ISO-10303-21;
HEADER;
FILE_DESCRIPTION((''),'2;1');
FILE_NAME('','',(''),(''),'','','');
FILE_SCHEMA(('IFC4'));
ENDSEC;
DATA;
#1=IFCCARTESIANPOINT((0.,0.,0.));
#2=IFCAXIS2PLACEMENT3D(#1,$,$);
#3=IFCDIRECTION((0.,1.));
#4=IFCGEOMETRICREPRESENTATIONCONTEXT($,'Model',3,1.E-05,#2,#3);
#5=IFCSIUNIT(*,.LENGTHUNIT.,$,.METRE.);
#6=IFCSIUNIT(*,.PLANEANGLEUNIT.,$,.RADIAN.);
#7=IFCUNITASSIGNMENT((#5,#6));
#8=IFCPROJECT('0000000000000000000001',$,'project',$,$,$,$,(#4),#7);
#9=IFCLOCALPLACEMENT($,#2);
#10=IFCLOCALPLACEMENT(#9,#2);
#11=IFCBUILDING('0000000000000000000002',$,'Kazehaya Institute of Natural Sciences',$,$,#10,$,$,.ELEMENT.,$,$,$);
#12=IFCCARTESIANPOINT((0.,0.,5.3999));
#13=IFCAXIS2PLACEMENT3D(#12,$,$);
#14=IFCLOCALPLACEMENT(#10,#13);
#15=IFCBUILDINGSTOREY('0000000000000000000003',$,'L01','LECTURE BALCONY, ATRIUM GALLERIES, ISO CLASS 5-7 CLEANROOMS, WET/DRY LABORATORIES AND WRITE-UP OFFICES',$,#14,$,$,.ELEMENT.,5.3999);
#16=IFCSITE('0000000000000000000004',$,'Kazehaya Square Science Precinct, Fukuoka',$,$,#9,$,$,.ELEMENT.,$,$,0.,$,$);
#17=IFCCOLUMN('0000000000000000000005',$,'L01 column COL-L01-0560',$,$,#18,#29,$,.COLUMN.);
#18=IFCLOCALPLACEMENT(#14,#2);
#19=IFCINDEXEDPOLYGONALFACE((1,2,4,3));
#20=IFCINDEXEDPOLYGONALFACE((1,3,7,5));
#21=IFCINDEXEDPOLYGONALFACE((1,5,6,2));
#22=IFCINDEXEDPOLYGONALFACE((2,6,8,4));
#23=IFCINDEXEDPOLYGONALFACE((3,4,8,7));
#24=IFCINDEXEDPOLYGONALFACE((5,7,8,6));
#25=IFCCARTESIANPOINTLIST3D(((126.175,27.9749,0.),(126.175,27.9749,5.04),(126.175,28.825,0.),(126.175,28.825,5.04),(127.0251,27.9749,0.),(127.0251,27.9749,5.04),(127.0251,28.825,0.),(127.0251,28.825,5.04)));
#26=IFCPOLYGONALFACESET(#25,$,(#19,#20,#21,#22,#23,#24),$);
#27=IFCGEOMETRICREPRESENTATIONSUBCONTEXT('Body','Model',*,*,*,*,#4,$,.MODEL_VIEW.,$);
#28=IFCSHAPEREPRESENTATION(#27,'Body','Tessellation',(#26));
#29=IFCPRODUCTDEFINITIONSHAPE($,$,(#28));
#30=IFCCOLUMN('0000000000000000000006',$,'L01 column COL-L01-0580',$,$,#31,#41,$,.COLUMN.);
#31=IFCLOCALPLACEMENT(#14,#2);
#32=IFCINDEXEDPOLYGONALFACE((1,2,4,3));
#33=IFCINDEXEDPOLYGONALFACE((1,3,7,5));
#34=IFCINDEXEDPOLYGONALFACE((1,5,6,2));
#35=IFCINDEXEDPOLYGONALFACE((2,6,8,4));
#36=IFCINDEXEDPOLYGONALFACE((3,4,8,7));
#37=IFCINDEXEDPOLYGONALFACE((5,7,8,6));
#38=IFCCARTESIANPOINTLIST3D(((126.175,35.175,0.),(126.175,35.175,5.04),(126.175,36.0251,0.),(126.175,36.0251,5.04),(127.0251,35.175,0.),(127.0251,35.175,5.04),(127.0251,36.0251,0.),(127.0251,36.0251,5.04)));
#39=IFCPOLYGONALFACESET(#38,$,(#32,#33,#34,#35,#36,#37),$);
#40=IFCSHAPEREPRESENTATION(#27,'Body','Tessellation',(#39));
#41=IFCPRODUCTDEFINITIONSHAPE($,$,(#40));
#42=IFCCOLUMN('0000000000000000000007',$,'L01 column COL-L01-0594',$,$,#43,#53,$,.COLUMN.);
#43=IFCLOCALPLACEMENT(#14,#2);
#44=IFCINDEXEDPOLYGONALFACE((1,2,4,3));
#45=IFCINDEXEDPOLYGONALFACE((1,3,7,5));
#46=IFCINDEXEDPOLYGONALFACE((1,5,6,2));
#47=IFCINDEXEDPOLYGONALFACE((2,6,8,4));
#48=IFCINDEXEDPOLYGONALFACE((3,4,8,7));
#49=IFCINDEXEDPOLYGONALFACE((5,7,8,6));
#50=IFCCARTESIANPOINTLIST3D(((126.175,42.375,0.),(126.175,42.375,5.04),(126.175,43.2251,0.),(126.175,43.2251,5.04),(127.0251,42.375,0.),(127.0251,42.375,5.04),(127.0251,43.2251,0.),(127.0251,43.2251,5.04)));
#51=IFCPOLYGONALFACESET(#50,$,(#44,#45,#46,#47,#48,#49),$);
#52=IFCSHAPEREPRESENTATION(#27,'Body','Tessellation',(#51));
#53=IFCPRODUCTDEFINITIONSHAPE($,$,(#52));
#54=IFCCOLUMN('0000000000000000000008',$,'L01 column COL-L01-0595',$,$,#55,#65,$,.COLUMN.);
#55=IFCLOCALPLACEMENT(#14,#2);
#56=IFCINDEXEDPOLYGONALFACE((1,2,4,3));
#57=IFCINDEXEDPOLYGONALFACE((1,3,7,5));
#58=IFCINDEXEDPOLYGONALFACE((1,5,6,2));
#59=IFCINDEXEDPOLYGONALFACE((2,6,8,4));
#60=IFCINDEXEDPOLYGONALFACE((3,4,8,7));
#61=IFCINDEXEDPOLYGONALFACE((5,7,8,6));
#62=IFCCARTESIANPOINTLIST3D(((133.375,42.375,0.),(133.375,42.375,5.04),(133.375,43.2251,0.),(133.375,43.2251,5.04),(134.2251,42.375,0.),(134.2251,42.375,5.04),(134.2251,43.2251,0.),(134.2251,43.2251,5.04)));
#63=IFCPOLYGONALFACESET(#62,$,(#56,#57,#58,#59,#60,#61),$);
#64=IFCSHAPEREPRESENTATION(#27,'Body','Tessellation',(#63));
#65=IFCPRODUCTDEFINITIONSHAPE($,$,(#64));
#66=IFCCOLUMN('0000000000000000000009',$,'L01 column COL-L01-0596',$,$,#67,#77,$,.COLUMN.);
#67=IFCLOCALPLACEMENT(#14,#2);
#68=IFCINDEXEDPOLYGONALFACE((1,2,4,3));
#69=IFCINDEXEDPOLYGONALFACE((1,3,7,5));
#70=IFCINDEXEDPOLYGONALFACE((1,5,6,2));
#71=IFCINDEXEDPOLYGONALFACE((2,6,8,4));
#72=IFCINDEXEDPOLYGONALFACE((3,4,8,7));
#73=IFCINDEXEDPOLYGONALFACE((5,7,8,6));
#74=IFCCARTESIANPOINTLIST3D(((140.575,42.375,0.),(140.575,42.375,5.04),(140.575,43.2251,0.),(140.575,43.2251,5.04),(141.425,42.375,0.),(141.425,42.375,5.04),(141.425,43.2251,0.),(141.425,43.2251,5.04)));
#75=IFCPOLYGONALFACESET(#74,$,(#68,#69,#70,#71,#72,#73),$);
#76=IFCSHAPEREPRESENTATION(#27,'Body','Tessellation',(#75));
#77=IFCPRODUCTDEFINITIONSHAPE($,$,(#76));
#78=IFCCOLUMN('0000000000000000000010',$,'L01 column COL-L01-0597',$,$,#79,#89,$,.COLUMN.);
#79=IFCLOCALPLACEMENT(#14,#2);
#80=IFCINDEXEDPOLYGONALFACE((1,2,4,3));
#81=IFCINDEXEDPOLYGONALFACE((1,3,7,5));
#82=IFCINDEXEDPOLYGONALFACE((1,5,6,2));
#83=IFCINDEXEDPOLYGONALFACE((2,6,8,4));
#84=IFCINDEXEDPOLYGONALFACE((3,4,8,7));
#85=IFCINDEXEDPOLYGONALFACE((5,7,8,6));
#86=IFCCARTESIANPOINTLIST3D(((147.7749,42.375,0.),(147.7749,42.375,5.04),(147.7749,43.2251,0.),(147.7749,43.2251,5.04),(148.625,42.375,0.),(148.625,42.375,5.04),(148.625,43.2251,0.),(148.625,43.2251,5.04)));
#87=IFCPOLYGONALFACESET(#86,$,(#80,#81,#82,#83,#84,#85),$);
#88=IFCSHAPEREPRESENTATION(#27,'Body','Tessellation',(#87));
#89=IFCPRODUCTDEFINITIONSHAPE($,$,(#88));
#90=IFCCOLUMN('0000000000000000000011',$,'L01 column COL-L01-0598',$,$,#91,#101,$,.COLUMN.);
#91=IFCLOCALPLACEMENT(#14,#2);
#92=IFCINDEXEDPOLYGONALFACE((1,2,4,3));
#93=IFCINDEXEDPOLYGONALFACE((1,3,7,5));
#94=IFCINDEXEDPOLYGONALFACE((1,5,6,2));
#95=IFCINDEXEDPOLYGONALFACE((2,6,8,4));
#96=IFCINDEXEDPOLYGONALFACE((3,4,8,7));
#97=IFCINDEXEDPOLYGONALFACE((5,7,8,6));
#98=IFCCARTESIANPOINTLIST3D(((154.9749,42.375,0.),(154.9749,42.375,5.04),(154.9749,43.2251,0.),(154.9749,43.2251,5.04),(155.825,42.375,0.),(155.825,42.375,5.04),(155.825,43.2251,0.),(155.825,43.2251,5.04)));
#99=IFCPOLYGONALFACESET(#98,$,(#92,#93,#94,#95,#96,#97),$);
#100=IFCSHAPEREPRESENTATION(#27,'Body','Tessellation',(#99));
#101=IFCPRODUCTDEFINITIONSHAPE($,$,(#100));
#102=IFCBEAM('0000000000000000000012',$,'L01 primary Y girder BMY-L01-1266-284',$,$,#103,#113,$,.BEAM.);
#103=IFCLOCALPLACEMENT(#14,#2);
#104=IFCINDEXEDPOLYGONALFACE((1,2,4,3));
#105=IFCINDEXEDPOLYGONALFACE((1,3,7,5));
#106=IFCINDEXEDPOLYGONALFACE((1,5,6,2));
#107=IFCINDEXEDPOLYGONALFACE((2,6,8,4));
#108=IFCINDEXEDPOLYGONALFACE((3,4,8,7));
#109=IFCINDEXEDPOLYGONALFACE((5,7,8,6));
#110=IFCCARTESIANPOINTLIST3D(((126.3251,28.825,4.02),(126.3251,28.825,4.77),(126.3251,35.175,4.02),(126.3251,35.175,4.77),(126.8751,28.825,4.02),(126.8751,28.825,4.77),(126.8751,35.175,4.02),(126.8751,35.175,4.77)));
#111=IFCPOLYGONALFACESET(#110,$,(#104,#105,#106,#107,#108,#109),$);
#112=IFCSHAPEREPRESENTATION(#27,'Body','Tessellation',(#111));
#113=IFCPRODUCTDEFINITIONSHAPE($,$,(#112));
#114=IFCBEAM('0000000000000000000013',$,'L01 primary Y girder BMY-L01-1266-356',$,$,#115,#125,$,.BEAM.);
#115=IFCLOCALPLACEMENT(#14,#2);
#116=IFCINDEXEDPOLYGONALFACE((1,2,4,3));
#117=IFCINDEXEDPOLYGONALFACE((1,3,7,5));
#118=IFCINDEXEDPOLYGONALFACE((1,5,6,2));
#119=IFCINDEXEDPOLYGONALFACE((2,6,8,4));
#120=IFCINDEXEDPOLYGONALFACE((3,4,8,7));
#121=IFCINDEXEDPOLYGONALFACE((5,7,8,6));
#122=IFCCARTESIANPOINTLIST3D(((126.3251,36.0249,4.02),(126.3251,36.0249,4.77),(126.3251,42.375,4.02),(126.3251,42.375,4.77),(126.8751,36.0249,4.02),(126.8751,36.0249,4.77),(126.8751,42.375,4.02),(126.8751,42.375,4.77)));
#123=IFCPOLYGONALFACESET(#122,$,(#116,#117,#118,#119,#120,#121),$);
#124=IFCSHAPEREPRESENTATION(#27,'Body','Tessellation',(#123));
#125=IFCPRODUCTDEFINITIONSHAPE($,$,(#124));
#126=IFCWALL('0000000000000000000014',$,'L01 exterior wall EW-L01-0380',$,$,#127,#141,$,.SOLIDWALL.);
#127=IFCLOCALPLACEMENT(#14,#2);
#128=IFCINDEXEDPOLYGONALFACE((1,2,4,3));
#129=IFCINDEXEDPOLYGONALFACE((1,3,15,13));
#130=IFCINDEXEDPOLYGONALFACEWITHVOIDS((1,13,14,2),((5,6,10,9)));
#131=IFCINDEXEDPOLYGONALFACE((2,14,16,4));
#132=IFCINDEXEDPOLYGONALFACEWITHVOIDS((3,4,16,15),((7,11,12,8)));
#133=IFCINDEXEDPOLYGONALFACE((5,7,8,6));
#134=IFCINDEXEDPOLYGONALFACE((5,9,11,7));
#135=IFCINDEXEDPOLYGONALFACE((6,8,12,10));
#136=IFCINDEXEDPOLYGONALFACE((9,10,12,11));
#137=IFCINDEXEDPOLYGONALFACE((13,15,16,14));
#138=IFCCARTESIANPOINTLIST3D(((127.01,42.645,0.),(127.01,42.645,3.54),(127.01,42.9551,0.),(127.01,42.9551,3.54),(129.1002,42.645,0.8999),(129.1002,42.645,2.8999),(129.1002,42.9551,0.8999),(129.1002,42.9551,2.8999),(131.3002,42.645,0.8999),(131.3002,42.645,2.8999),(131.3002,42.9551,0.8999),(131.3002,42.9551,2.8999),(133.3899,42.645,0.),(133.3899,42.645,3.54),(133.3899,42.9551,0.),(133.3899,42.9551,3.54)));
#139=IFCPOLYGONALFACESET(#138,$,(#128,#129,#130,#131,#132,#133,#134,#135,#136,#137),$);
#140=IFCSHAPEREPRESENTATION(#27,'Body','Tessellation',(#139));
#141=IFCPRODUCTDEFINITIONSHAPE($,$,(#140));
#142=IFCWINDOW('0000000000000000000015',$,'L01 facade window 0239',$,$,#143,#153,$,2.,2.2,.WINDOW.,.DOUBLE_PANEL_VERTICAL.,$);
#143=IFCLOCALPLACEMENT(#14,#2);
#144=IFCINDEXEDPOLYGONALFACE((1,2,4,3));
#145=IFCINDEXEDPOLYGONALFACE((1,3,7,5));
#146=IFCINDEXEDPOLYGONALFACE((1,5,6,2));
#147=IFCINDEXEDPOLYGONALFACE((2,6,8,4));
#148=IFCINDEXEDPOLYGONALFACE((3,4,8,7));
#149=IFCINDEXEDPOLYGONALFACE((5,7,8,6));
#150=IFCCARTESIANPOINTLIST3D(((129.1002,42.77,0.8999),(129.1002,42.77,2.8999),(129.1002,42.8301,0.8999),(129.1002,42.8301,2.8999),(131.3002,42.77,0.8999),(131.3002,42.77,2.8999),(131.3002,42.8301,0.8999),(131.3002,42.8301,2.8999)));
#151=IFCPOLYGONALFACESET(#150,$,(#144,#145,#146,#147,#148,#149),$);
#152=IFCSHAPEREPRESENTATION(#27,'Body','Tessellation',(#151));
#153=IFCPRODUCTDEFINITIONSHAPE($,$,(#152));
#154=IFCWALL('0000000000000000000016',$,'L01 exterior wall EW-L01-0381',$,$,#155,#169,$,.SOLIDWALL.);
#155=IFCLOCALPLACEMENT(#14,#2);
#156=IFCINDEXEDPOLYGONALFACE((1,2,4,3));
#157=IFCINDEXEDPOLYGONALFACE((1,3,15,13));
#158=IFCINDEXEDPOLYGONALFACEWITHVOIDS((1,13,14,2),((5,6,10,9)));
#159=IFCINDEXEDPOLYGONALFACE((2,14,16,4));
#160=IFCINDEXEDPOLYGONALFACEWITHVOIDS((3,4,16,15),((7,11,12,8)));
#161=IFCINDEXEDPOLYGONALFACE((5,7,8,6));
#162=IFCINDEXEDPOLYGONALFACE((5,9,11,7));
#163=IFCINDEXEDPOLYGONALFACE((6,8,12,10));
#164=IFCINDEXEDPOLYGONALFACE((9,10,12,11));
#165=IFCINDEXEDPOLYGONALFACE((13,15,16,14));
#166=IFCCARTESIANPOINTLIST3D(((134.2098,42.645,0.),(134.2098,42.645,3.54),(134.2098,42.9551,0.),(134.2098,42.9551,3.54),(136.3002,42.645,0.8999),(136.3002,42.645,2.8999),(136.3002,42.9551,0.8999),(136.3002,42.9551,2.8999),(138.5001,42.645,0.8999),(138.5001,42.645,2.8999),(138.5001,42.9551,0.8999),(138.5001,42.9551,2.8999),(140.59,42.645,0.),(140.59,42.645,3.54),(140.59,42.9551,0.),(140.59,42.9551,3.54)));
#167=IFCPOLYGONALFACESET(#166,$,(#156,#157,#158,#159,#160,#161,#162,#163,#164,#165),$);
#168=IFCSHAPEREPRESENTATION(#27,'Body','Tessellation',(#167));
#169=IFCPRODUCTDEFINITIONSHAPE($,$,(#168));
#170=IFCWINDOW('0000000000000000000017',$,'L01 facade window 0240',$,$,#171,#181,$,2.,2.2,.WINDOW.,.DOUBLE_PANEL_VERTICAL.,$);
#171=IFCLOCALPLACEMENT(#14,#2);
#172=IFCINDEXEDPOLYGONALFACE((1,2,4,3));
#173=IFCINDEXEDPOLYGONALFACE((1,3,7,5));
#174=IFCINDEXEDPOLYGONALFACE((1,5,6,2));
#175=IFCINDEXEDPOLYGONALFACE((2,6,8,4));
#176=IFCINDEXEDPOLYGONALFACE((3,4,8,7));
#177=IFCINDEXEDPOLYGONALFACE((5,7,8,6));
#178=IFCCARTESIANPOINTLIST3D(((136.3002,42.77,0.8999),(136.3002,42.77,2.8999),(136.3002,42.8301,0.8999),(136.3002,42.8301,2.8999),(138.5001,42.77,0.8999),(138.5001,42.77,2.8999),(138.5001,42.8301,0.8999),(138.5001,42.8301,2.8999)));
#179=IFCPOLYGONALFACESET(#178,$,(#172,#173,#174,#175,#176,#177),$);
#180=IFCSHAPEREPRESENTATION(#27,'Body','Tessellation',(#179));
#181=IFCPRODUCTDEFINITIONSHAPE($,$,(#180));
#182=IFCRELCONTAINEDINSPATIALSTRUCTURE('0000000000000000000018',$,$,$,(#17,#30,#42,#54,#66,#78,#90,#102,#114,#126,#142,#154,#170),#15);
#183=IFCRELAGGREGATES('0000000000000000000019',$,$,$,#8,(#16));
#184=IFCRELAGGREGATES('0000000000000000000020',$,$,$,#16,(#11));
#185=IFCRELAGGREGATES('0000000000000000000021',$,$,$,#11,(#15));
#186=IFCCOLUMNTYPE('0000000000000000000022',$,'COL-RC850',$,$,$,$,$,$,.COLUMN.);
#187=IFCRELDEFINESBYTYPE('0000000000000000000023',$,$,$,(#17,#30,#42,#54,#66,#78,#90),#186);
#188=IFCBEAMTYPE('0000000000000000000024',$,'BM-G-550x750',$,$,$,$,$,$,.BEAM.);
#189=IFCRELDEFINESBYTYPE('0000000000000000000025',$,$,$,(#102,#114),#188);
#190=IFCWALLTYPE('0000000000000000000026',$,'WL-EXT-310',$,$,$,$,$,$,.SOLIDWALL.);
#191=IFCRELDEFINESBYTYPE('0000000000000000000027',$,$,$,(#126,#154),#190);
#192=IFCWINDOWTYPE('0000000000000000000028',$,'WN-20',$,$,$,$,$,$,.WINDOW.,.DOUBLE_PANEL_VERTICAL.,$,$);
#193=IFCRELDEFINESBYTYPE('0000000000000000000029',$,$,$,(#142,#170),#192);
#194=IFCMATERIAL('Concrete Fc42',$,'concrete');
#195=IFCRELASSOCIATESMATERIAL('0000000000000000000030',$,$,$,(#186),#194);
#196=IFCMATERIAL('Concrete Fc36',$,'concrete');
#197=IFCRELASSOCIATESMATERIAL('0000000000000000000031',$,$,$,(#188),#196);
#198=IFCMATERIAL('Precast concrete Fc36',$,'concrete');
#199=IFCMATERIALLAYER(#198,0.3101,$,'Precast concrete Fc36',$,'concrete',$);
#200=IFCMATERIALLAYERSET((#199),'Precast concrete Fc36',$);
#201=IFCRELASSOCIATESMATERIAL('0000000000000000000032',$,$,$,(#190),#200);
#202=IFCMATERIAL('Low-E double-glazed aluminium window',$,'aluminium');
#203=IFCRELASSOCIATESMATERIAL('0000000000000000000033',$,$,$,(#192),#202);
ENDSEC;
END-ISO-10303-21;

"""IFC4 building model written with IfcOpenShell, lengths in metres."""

from ifc_helpers import new_model, si_unit, direction, frame, frame_2d, origin, origin_2d, place, context, subcontext, project, spatial, rectangle, extrude, material, layer, layer_set, material_profile, profile_set, type_object, element, fill, save


model = new_model("IFC4")

# Units and contexts
model_context = context("Model", 3, precision=1e-05, world=origin(), true_north=direction((0.0, 1.0)))
body_context = subcontext(model_context, "Body", "Model", "MODEL_VIEW")
ifc_project = project(units=[si_unit("LENGTHUNIT", "METRE"), si_unit("PLANEANGLEUNIT", "RADIAN")], contexts=[model_context])

# Site, building, storey
site_placement = place(None, origin())
site = spatial("IfcSite", under=ifc_project, at=site_placement, Name="Kazehaya Square Science Precinct, Fukuoka", CompositionType="ELEMENT", RefElevation=0.0)
building_placement = place(site_placement, origin())
building = spatial("IfcBuilding", under=site, at=building_placement, Name="Kazehaya Institute of Natural Sciences", CompositionType="ELEMENT")
storey_placement = place(building_placement, frame((0.0, 0.0, 5.3999)))
storey = spatial("IfcBuildingStorey", under=building, at=storey_placement, Name="L01", Description="LECTURE BALCONY, ATRIUM GALLERIES, ISO CLASS 5-7 CLEANROOMS, WET/DRY LABORATORIES AND WRITE-UP OFFICES", CompositionType="ELEMENT", Elevation=5.3999)

# Columns
ifc_material_1 = material(Name="Concrete Fc42", Category="concrete")
ifc_material_profile_1 = material_profile(ifc_material_1, rectangle(XDim=0.8501, YDim=0.8501, at=origin_2d()), Name="RC-850x850")
ifc_profile_set_1 = profile_set([ifc_material_profile_1], Name="Concrete Fc42")
column_type = type_object("IfcColumnType", Name="COL-RC850", PredefinedType="COLUMN", material=ifc_profile_set_1)
for number, where, z_axis, x_axis, name in (
    (1, (126.6001, 28.3999, 0.0), (0.0, 0.0, 1.0), (1.0, 0.0, 0.0), "L01 column COL-L01-0560"),
    (2, (126.6001, 35.6001, 0.0), (0.0, 0.0, 1.0), (1.0, 0.0, 0.0), "L01 column COL-L01-0580"),
    (3, (126.6001, 42.8, 0.0), (0.0, 0.0, 1.0), (1.0, 0.0, 0.0), "L01 column COL-L01-0594"),
    (4, (133.8, 42.8, 0.0), (0.0, 0.0, 1.0), (1.0, 0.0, 0.0), "L01 column COL-L01-0595"),
    (5, (141.0, 42.8, 0.0), (0.0, 0.0, 1.0), (1.0, 0.0, 0.0), "L01 column COL-L01-0596"),
    (6, (148.2, 42.8, 0.0), (0.0, 0.0, 1.0), (1.0, 0.0, 0.0), "L01 column COL-L01-0597"),
    (7, (155.3999, 42.8, 0.0), (0.0, 0.0, 1.0), (1.0, 0.0, 0.0), "L01 column COL-L01-0598"),
):
    element("IfcColumn", number, at=place(storey_placement, frame(where, z_axis=z_axis, x_axis=x_axis)), inside=storey, type_object=column_type, Name=name, PredefinedType="COLUMN", context=body_context, shape_type="SweptSolid", body=[
        extrude(rectangle(XDim=0.8501, YDim=0.8501, at=origin_2d()), origin(), (0.0, 0.0, 1.0), 5.04),
    ])

# Beams
ifc_material_2 = material(Name="Concrete Fc36", Category="concrete")
ifc_material_profile_2 = material_profile(ifc_material_2, rectangle(XDim=0.55, YDim=0.75, at=origin_2d()), Name="RC-550x750")
ifc_profile_set_2 = profile_set([ifc_material_profile_2], Name="Concrete Fc36")
beam_type = type_object("IfcBeamType", Name="BM-G-550x750", PredefinedType="BEAM", material=ifc_profile_set_2)
for number, where, z_axis, x_axis, name in (
    (8, (126.6001, 28.825, 4.395), (0.0, 1.0, 0.0), (-1.0, 0.0, 0.0), "L01 primary Y girder BMY-L01-1266-284"),
    (9, (126.6001, 36.0249, 4.395), (0.0, 1.0, 0.0), (-1.0, 0.0, 0.0), "L01 primary Y girder BMY-L01-1266-356"),
):
    element("IfcBeam", number, at=place(storey_placement, frame(where, z_axis=z_axis, x_axis=x_axis)), inside=storey, type_object=beam_type, Name=name, PredefinedType="BEAM", context=body_context, shape_type="SweptSolid", body=[
        extrude(rectangle(XDim=0.55, YDim=0.75, at=origin_2d()), origin(), (0.0, 0.0, 1.0), 6.3501),
    ])

# Walls, openings, windows
ifc_material_3 = material(Name="Precast concrete Fc36", Category="concrete")
ifc_layer_1 = layer(ifc_material_3, 0.3101, Name="Precast concrete Fc36", Category="concrete")
ifc_layer_set_1 = layer_set([ifc_layer_1], Name="Precast concrete Fc36")
wall_type_1 = type_object("IfcWallType", Name="WL-EXT-310", PredefinedType="SOLIDWALL", material=ifc_layer_set_1)
wall_1_placement = place(storey_placement, frame((127.01, 42.8, 0.0), z_axis=(0.0, 0.0, 1.0), x_axis=(1.0, 0.0, 0.0)))
wall_1 = element("IfcWall", 10, at=wall_1_placement, inside=storey, type_object=wall_type_1, Name="L01 exterior wall EW-L01-0380", PredefinedType="SOLIDWALL", context=body_context, shape_type="SweptSolid", body=[
    extrude(rectangle(XDim=6.3799, YDim=0.3101, at=frame_2d((3.1899, 0.0))), origin(), (0.0, 0.0, 1.0), 3.54),
])
opening_1_placement = place(wall_1_placement, frame((2.0901, 0.0, 0.8999)))
opening_1 = element("IfcOpeningElement", 11, at=opening_1_placement, cuts=wall_1, PredefinedType="OPENING", context=body_context, shape_type="SweptSolid", body=[
    extrude(rectangle(XDim=2.2, YDim=2.0, at=frame_2d((1.1001, 1.0))), frame((0.0, 0.165, 0.0), z_axis=(0.0, -1.0, 0.0), x_axis=(1.0, 0.0, 0.0)), (0.0, 0.0, 1.0), 0.3301),
])
ifc_material_4 = material(Name="Low-E double-glazed aluminium window", Category="aluminium")
window_type = type_object("IfcWindowType", Name="WN-20", PartitioningType="DOUBLE_PANEL_VERTICAL", PredefinedType="WINDOW", material=ifc_material_4)
window_1_placement = place(opening_1_placement, origin())
window_1 = element("IfcWindow", 12, at=window_1_placement, inside=storey, type_object=window_type, Name="L01 facade window 0239", OverallHeight=2.0, OverallWidth=2.2, PartitioningType="DOUBLE_PANEL_VERTICAL", PredefinedType="WINDOW", context=body_context, shape_type="SweptSolid", body=[
    extrude(rectangle(XDim=2.2, YDim=2.0, at=frame_2d((1.1001, 1.0))), frame((0.0, 0.03, 0.0), z_axis=(0.0, -1.0, 0.0), x_axis=(1.0, 0.0, 0.0)), (0.0, 0.0, 1.0), 0.0601),
])
fill(opening_1, window_1)
wall_2_placement = place(storey_placement, frame((134.21, 42.8, 0.0), z_axis=(0.0, 0.0, 1.0), x_axis=(1.0, 0.0, 0.0)))
wall_2 = element("IfcWall", 13, at=wall_2_placement, inside=storey, type_object=wall_type_1, Name="L01 exterior wall EW-L01-0381", PredefinedType="SOLIDWALL", context=body_context, shape_type="SweptSolid", body=[
    extrude(rectangle(XDim=6.3801, YDim=0.3101, at=frame_2d((3.1899, 0.0))), origin(), (0.0, 0.0, 1.0), 3.54),
])
opening_2_placement = place(wall_2_placement, frame((2.0901, 0.0, 0.8999)))
opening_2 = element("IfcOpeningElement", 14, at=opening_2_placement, cuts=wall_2, PredefinedType="OPENING", context=body_context, shape_type="SweptSolid", body=[
    extrude(rectangle(XDim=2.2, YDim=2.0, at=frame_2d((1.1001, 1.0))), frame((0.0, 0.165, 0.0), z_axis=(0.0, -1.0, 0.0), x_axis=(1.0, 0.0, 0.0)), (0.0, 0.0, 1.0), 0.3301),
])
window_2_placement = place(opening_2_placement, origin())
window_2 = element("IfcWindow", 15, at=window_2_placement, inside=storey, type_object=window_type, Name="L01 facade window 0240", OverallHeight=2.0, OverallWidth=2.2, PartitioningType="DOUBLE_PANEL_VERTICAL", PredefinedType="WINDOW", context=body_context, shape_type="SweptSolid", body=[
    extrude(rectangle(XDim=2.2, YDim=2.0, at=frame_2d((1.1001, 1.0))), frame((0.0, 0.03, 0.0), z_axis=(0.0, -1.0, 0.0), x_axis=(1.0, 0.0, 0.0)), (0.0, 0.0, 1.0), 0.0601),
])
fill(opening_2, window_2)

save(model, "model.ifc")
